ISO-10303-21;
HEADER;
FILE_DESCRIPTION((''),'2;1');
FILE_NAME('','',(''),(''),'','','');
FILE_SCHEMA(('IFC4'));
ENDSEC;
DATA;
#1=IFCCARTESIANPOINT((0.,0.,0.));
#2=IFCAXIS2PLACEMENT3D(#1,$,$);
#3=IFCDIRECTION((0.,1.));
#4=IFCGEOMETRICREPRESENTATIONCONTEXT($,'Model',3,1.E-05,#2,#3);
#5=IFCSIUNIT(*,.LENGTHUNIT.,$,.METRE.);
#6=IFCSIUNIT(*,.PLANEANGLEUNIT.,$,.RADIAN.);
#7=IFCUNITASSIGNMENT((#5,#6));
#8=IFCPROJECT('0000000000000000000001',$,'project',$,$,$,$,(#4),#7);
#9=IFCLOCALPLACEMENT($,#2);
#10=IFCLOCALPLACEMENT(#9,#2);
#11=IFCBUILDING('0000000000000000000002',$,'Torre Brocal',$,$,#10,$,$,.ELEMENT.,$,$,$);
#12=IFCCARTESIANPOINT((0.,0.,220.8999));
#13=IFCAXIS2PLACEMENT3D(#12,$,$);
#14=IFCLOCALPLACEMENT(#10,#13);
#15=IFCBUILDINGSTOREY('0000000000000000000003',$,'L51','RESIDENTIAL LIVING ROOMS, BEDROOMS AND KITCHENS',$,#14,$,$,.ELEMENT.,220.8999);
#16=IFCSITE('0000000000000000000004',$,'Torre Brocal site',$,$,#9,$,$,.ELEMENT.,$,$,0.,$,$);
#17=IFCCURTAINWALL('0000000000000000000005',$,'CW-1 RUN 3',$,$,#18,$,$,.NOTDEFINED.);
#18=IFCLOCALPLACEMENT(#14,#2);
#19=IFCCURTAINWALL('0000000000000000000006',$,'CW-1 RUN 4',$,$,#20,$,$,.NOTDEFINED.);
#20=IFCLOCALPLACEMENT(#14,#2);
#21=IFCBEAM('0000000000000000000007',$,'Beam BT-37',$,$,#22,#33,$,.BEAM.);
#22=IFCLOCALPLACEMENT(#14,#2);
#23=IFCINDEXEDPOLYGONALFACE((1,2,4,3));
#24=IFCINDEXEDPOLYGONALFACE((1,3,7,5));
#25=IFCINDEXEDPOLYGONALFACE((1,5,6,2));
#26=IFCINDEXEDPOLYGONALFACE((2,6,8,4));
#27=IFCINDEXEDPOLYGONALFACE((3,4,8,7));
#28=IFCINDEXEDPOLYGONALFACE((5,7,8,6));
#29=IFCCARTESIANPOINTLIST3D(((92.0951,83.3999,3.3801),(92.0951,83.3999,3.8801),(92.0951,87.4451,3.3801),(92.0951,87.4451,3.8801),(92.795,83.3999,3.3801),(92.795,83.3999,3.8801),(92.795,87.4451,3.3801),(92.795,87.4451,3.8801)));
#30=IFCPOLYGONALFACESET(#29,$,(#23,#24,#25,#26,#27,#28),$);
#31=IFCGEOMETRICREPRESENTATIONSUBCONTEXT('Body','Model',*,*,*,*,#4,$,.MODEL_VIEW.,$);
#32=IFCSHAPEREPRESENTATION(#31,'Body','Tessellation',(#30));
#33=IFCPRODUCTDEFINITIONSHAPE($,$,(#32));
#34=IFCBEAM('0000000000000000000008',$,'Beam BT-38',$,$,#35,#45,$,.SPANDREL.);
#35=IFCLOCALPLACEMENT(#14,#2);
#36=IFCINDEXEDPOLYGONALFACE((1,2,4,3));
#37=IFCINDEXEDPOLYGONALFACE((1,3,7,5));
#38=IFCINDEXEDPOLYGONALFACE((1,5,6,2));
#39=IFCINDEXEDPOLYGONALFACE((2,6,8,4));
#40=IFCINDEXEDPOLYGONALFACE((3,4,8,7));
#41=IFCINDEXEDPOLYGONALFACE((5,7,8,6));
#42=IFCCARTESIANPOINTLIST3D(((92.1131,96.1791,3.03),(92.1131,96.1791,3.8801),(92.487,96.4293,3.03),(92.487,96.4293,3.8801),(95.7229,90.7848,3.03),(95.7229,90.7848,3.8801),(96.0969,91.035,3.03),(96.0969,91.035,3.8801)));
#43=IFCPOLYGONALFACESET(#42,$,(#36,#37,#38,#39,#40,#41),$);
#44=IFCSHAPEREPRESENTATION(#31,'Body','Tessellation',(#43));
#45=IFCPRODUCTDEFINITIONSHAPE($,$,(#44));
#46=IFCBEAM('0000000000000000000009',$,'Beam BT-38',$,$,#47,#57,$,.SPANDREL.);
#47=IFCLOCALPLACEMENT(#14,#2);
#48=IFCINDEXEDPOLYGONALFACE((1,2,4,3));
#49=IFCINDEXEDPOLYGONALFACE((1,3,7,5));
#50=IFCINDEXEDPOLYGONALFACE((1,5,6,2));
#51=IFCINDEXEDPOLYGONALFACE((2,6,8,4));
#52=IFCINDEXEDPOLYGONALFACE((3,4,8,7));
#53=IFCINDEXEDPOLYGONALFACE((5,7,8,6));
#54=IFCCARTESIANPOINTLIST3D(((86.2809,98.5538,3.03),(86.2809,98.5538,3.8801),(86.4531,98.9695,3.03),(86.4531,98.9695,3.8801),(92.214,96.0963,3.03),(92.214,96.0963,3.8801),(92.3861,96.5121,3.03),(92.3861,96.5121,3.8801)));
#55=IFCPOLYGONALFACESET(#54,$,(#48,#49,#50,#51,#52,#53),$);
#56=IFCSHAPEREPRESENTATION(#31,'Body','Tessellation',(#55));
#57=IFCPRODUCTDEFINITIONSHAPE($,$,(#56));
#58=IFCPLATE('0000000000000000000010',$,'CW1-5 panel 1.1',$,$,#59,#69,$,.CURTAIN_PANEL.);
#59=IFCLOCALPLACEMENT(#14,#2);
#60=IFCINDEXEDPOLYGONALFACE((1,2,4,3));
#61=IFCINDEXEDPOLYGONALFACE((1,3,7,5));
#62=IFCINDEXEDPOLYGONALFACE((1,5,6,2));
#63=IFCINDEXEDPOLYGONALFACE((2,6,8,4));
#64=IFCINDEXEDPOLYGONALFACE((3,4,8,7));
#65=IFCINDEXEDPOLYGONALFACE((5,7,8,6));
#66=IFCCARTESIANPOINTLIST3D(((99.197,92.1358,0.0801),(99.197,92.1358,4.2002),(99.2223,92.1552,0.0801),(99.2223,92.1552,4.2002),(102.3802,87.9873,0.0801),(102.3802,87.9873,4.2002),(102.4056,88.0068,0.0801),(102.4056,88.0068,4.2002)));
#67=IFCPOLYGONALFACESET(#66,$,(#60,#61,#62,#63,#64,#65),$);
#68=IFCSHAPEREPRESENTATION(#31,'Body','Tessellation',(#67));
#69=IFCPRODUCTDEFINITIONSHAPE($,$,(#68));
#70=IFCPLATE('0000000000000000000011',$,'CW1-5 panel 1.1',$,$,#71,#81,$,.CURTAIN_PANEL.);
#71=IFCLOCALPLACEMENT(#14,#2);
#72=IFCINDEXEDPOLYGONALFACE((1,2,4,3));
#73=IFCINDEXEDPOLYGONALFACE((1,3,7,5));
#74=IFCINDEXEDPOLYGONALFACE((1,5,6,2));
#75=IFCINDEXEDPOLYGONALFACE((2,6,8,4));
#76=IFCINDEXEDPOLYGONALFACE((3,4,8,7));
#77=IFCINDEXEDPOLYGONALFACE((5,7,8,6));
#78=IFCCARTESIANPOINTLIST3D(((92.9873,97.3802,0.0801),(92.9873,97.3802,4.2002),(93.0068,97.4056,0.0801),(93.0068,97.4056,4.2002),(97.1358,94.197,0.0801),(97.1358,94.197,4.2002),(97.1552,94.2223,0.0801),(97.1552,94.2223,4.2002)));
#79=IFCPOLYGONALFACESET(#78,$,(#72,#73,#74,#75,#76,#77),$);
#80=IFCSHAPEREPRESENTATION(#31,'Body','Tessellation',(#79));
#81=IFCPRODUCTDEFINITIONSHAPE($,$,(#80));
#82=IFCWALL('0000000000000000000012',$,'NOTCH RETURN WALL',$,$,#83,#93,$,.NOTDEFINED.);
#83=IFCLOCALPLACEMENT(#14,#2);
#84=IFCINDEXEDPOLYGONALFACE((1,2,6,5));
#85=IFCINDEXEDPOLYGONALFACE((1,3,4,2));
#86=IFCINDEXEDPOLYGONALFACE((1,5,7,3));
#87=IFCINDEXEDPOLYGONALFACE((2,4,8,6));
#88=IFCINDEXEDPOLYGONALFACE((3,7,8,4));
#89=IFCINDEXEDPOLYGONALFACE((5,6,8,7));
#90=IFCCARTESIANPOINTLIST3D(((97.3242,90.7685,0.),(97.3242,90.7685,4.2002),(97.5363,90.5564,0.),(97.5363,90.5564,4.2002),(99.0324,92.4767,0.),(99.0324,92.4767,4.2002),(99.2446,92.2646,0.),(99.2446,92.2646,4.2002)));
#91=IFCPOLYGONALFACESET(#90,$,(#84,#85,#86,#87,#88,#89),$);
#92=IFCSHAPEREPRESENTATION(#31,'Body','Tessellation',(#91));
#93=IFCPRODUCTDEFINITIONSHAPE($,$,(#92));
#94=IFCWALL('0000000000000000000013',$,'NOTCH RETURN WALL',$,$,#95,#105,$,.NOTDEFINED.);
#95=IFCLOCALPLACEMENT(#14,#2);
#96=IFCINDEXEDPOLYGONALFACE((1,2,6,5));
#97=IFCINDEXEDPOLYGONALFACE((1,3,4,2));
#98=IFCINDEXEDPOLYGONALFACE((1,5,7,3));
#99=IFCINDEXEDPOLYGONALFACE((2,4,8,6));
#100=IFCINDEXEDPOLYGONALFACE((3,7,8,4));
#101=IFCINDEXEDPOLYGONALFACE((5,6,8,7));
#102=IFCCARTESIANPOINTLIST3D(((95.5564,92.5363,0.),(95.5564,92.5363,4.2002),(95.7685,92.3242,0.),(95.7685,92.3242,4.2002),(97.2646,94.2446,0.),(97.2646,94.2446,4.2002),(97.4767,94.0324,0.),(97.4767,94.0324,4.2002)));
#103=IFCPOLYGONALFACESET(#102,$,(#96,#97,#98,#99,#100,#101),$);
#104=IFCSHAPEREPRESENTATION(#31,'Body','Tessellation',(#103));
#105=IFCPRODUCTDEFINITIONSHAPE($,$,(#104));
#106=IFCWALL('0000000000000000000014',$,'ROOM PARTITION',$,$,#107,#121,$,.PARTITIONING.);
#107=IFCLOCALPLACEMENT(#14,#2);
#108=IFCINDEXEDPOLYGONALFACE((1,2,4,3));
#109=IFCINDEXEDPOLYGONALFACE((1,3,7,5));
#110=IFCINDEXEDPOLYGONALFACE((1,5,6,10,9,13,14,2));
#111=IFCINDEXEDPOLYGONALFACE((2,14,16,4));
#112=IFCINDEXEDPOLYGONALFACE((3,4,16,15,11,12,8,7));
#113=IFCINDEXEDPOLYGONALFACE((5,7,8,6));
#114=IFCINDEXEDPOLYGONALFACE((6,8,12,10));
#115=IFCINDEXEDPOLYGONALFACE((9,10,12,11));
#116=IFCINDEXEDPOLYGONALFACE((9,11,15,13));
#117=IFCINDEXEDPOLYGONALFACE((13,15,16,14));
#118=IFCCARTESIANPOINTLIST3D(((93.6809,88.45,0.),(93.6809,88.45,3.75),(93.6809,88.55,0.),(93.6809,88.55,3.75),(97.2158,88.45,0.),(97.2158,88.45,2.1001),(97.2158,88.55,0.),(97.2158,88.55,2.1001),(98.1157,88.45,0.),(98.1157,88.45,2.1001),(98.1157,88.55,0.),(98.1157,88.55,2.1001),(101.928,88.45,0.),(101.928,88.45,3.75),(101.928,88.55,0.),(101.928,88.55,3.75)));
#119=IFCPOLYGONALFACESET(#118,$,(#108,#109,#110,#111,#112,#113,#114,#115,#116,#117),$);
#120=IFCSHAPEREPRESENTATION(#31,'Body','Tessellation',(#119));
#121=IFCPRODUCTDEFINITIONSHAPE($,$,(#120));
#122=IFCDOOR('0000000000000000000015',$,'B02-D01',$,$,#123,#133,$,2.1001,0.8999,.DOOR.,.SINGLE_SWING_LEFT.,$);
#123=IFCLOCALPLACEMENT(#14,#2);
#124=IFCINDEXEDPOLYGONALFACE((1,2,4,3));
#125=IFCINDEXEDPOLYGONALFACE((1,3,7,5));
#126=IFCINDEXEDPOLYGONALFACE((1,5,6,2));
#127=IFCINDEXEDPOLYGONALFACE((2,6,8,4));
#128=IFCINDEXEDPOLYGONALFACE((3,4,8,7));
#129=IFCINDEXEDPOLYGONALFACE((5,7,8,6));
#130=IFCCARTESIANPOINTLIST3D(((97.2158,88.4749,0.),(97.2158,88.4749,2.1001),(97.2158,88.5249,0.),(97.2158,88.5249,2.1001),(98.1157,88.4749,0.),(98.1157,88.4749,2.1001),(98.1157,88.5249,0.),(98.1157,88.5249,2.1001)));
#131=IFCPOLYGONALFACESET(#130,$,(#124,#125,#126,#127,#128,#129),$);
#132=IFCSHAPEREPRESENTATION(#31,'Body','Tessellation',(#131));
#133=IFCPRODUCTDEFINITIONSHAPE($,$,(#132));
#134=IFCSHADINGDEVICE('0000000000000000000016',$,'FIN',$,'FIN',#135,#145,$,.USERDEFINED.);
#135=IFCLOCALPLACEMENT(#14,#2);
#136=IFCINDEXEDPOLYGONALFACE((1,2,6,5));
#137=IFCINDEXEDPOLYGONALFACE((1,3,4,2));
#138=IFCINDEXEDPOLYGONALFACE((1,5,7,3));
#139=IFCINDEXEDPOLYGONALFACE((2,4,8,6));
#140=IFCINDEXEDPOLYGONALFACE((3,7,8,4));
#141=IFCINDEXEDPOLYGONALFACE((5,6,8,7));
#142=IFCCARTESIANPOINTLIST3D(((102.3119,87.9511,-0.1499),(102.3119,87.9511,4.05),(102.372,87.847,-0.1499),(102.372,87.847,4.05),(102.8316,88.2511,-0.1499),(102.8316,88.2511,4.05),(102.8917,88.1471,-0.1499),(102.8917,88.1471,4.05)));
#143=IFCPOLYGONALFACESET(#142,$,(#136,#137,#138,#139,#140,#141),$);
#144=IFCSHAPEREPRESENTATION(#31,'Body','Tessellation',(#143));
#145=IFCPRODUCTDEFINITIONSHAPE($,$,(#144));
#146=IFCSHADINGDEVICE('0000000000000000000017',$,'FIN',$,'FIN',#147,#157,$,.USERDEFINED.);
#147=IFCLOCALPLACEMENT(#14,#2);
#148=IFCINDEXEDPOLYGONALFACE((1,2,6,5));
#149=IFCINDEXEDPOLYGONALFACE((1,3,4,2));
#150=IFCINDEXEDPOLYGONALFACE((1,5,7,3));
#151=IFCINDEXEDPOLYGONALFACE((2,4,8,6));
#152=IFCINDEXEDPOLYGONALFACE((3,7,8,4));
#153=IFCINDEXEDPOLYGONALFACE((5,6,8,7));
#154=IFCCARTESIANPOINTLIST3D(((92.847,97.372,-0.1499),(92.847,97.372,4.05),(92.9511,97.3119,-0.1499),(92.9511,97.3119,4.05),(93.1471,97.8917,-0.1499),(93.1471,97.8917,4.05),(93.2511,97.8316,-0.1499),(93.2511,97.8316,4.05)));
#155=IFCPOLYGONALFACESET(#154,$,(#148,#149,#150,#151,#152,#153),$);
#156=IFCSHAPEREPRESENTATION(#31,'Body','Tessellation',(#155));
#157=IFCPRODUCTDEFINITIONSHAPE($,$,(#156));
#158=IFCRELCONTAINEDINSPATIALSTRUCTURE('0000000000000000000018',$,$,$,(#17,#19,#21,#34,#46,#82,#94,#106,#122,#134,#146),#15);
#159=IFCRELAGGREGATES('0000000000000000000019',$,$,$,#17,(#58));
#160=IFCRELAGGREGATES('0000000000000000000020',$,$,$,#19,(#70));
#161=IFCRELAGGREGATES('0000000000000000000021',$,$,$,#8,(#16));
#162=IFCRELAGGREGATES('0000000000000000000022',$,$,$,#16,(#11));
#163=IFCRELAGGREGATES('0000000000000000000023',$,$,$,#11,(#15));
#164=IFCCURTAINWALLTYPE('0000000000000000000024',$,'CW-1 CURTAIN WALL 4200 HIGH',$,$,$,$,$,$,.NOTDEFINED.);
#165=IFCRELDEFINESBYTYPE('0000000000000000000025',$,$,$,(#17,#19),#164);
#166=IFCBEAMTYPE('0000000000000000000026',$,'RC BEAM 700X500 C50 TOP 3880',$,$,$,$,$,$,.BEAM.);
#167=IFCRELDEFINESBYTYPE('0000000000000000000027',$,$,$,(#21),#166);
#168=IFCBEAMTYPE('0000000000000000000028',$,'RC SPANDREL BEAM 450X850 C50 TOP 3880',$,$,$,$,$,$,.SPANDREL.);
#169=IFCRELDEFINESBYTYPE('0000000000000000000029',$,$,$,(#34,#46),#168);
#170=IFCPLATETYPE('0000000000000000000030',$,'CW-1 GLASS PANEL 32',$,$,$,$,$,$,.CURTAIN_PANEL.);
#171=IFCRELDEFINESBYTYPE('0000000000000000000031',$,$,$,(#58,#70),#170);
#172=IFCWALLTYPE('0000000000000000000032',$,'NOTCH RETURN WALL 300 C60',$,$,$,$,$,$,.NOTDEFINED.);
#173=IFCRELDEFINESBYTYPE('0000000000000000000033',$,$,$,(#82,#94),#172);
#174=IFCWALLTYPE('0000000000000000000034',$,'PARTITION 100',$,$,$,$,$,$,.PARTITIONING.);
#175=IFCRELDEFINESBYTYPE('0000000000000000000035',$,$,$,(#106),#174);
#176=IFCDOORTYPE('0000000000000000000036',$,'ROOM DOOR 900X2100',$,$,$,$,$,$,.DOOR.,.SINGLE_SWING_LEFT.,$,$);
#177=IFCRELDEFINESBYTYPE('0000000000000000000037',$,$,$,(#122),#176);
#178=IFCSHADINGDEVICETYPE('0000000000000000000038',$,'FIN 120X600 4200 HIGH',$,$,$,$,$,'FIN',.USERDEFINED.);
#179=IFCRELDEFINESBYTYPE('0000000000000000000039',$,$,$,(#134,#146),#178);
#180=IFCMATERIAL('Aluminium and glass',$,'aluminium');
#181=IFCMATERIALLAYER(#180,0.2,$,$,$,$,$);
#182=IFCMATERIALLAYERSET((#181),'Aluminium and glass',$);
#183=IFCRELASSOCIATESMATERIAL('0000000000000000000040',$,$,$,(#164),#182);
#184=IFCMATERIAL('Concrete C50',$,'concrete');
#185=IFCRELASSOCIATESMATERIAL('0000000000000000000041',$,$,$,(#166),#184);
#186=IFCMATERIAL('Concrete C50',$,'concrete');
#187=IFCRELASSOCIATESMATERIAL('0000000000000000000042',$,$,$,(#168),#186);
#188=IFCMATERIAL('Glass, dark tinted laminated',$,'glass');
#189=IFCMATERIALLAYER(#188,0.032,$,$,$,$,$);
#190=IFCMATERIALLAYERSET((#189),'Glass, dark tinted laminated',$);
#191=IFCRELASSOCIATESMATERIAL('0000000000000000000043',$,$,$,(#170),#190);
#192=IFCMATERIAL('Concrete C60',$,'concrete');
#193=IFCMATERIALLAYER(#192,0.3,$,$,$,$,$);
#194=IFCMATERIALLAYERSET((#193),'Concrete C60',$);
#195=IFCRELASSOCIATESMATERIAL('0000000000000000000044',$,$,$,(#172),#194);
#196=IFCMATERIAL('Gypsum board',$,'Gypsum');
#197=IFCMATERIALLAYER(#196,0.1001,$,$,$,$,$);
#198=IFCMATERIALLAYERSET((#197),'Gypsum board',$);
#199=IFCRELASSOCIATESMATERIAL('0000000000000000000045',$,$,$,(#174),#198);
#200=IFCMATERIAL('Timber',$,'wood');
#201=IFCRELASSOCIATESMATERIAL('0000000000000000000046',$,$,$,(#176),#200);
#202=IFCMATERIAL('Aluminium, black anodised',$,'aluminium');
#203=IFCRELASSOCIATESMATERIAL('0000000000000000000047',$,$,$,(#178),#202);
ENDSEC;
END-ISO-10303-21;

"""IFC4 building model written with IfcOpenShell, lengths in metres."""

from ifc_helpers import new_model, si_unit, direction, frame, frame_2d, origin, origin_2d, place, context, subcontext, project, spatial, rectangle, extrude, material, layer, layer_set, material_profile, profile_set, type_object, element, fill, aggregate, save


model = new_model("IFC4")

# Units and contexts
model_context = context("Model", 3, precision=1e-05, world=origin(), true_north=direction((0.0, 1.0)))
body_context = subcontext(model_context, "Body", "Model", "MODEL_VIEW")
ifc_project = project(units=[si_unit("LENGTHUNIT", "METRE"), si_unit("PLANEANGLEUNIT", "RADIAN")], contexts=[model_context])

# Site, building, storey
site_placement = place(None, origin())
site = spatial("IfcSite", under=ifc_project, at=site_placement, Name="Torre Brocal site", CompositionType="ELEMENT", RefElevation=0.0)
building_placement = place(site_placement, origin())
building = spatial("IfcBuilding", under=site, at=building_placement, Name="Torre Brocal", CompositionType="ELEMENT")
storey_placement = place(building_placement, frame((0.0, 0.0, 220.8999)))
storey = spatial("IfcBuildingStorey", under=building, at=storey_placement, Name="L51", Description="RESIDENTIAL LIVING ROOMS, BEDROOMS AND KITCHENS", CompositionType="ELEMENT", Elevation=220.8999)

# Shared definitions
ifc_material_1 = material(Name="Aluminium and glass", Category="aluminium")
ifc_layer_1 = layer(ifc_material_1, 0.2)
ifc_layer_set_1 = layer_set([ifc_layer_1], Name="Aluminium and glass")
curtain_wall_type = type_object("IfcCurtainWallType", Name="CW-1 CURTAIN WALL 4200 HIGH", PredefinedType="NOTDEFINED", material=ifc_layer_set_1)

# Curtain walls
curtain_wall_1_placement = place(storey_placement, origin())
curtain_wall_1 = element("IfcCurtainWall", 1, at=curtain_wall_1_placement, inside=storey, type_object=curtain_wall_type, Name="CW-1 RUN 3", PredefinedType="NOTDEFINED")
curtain_wall_2_placement = place(storey_placement, origin())
curtain_wall_2 = element("IfcCurtainWall", 2, at=curtain_wall_2_placement, inside=storey, type_object=curtain_wall_type, Name="CW-1 RUN 4", PredefinedType="NOTDEFINED")

# Beams
ifc_material_2 = material(Name="Concrete C50", Category="concrete")
ifc_material_profile_1 = material_profile(ifc_material_2, rectangle(XDim=0.7, YDim=0.5, at=origin_2d()), Name="RC 700X500")
ifc_profile_set_1 = profile_set([ifc_material_profile_1], Name="Concrete C50")
beam_type_1 = type_object("IfcBeamType", Name="RC BEAM 700X500 C50 TOP 3880", PredefinedType="BEAM", material=ifc_profile_set_1)
beam_1_placement = place(storey_placement, frame((92.4451, 87.4451, 3.6301), z_axis=(0.0, -1.0, 0.0), x_axis=(1.0, 0.0, 0.0)))
element("IfcBeam", 3, at=beam_1_placement, inside=storey, type_object=beam_type_1, Name="Beam BT-37", PredefinedType="BEAM", context=body_context, shape_type="SweptSolid", body=[
    extrude(rectangle(XDim=0.7, YDim=0.5, at=origin_2d()), origin(), (0.0, 0.0, 1.0), 4.0452),
])
ifc_material_3 = material(Name="Concrete C50", Category="concrete")
ifc_material_profile_2 = material_profile(ifc_material_3, rectangle(XDim=0.45, YDim=0.8501, at=origin_2d()), Name="RC 450X850")
ifc_profile_set_2 = profile_set([ifc_material_profile_2], Name="Concrete C50")
beam_type_2 = type_object("IfcBeamType", Name="RC SPANDREL BEAM 450X850 C50 TOP 3880", PredefinedType="SPANDREL", material=ifc_profile_set_2)
beam_2_placement = place(storey_placement, frame((95.9099, 90.9099, 3.4551), z_axis=(-0.556158, 0.831077, 0.0), x_axis=(-0.831077, -0.556158, 0.0)))
element("IfcBeam", 4, at=beam_2_placement, inside=storey, type_object=beam_type_2, Name="Beam BT-38", PredefinedType="SPANDREL", context=body_context, shape_type="SweptSolid", body=[
    extrude(rectangle(XDim=0.45, YDim=0.8501, at=origin_2d()), origin(), (0.0, 0.0, 1.0), 6.4907),
])
beam_3_placement = place(storey_placement, frame((92.3, 96.3042, 3.4551), z_axis=(-0.923882, 0.382676, 0.0), x_axis=(-0.382676, -0.923882, 0.0)))
element("IfcBeam", 5, at=beam_3_placement, inside=storey, type_object=beam_type_2, Name="Beam BT-38", PredefinedType="SPANDREL", context=body_context, shape_type="SweptSolid", body=[
    extrude(rectangle(XDim=0.45, YDim=0.8501, at=origin_2d()), origin(), (0.0, 0.0, 1.0), 6.4219),
])

# Plates
ifc_material_4 = material(Name="Glass, dark tinted laminated", Category="glass")
ifc_layer_2 = layer(ifc_material_4, 0.032)
ifc_layer_set_2 = layer_set([ifc_layer_2], Name="Glass, dark tinted laminated")
plate_type = type_object("IfcPlateType", Name="CW-1 GLASS PANEL 32", PredefinedType="CURTAIN_PANEL", material=ifc_layer_set_2)
plate_1_placement = place(storey_placement, frame((100.8013, 90.0713, 0.0801), z_axis=(0.0, 0.0, 1.0), x_axis=(-0.608761, 0.793353, 0.0)))
plate_1 = element("IfcPlate", 6, at=plate_1_placement, type_object=plate_type, Name="CW1-5 panel 1.1", PredefinedType="CURTAIN_PANEL", context=body_context, shape_type="SweptSolid", body=[
    extrude(rectangle(XDim=5.229, YDim=0.032, at=origin_2d()), origin(), (0.0, 0.0, 1.0), 4.1201),
])
aggregate(curtain_wall_1, [plate_1])
plate_2_placement = place(storey_placement, frame((95.0713, 95.8013, 0.0801), z_axis=(0.0, 0.0, 1.0), x_axis=(-0.793353, 0.608761, 0.0)))
plate_2 = element("IfcPlate", 7, at=plate_2_placement, type_object=plate_type, Name="CW1-5 panel 1.1", PredefinedType="CURTAIN_PANEL", context=body_context, shape_type="SweptSolid", body=[
    extrude(rectangle(XDim=5.229, YDim=0.032, at=origin_2d()), origin(), (0.0, 0.0, 1.0), 4.1201),
])
aggregate(curtain_wall_2, [plate_2])

# Walls
ifc_material_5 = material(Name="Concrete C60", Category="concrete")
ifc_layer_3 = layer(ifc_material_5, 0.3)
ifc_layer_set_3 = layer_set([ifc_layer_3], Name="Concrete C60")
wall_type_1 = type_object("IfcWallType", Name="NOTCH RETURN WALL 300 C60", PredefinedType="NOTDEFINED", material=ifc_layer_set_3)
for number, where, z_axis, x_axis, name in (
    (8, (97.4302, 90.6624, 0.0), (0.0, 0.0, 1.0), (0.707107, 0.707107, 0.0), "NOTCH RETURN WALL"),
    (9, (95.6624, 92.4302, 0.0), (0.0, 0.0, 1.0), (0.707107, 0.707107, 0.0), "NOTCH RETURN WALL"),
):
    element("IfcWall", number, at=place(storey_placement, frame(where, z_axis=z_axis, x_axis=x_axis)), inside=storey, type_object=wall_type_1, Name=name, PredefinedType="NOTDEFINED", context=body_context, shape_type="SweptSolid", body=[
        extrude(rectangle(XDim=2.4158, YDim=0.3, at=frame_2d((1.208, 0.0))), origin(), (0.0, 0.0, 1.0), 4.2002),
    ])

# Wall, opening, door
ifc_material_6 = material(Name="Gypsum board", Category="Gypsum")
ifc_layer_4 = layer(ifc_material_6, 0.1001)
ifc_layer_set_4 = layer_set([ifc_layer_4], Name="Gypsum board")
wall_type_2 = type_object("IfcWallType", Name="PARTITION 100", PredefinedType="PARTITIONING", material=ifc_layer_set_4)
wall_placement = place(storey_placement, frame((93.6809, 88.5, 0.0), z_axis=(0.0, 0.0, 1.0), x_axis=(1.0, 0.0, 0.0)))
wall = element("IfcWall", 10, at=wall_placement, inside=storey, type_object=wall_type_2, Name="ROOM PARTITION", PredefinedType="PARTITIONING", context=body_context, shape_type="SweptSolid", body=[
    extrude(rectangle(XDim=8.2471, YDim=0.1001, at=frame_2d((4.1235, 0.0))), origin(), (0.0, 0.0, 1.0), 3.75),
])
opening_placement = place(wall_placement, frame((3.5349, 0.0, 0.0)))
opening = element("IfcOpeningElement", 11, at=opening_placement, cuts=wall, PredefinedType="OPENING", context=body_context, shape_type="SweptSolid", body=[
    extrude(rectangle(XDim=0.8999, YDim=2.1001, at=frame_2d((0.45, 1.05))), frame((0.0, 0.0601, 0.0), z_axis=(0.0, -1.0, 0.0), x_axis=(1.0, 0.0, 0.0)), (0.0, 0.0, 1.0), 0.1201),
])
ifc_material_7 = material(Name="Timber", Category="wood")
door_type = type_object("IfcDoorType", Name="ROOM DOOR 900X2100", OperationType="SINGLE_SWING_LEFT", PredefinedType="DOOR", material=ifc_material_7)
door_placement = place(opening_placement, origin())
door = element("IfcDoor", 12, at=door_placement, inside=storey, type_object=door_type, Name="B02-D01", OperationType="SINGLE_SWING_LEFT", OverallHeight=2.1001, OverallWidth=0.8999, PredefinedType="DOOR", context=body_context, shape_type="SweptSolid", body=[
    extrude(rectangle(XDim=0.8999, YDim=2.1001, at=frame_2d((0.45, 1.05))), frame((0.0, 0.0249, 0.0), z_axis=(0.0, -1.0, 0.0), x_axis=(1.0, 0.0, 0.0)), (0.0, 0.0, 1.0), 0.05),
])
fill(opening, door)

# Shading devices
ifc_material_8 = material(Name="Aluminium, black anodised", Category="aluminium")
ifc_material_profile_3 = material_profile(ifc_material_8, rectangle(XDim=0.1201, YDim=0.6001, at=origin_2d()), Name="FIN 120X600 4200 HIGH")
ifc_profile_set_3 = profile_set([ifc_material_profile_3], Name="Aluminium, black anodised")
shading_device_type = type_object("IfcShadingDeviceType", Name="FIN 120X600 4200 HIGH", ElementType="FIN", PredefinedType="USERDEFINED", material=ifc_profile_set_3)
for number, where, z_axis, x_axis, name in (
    (13, (102.6018, 88.0491, -0.1499), (0.0, 0.0, 1.0), (-0.5, 0.866025, 0.0), "FIN"),
    (14, (93.0491, 97.6018, -0.1499), (0.0, 0.0, 1.0), (-0.866025, 0.5, 0.0), "FIN"),
):
    element("IfcShadingDevice", number, at=place(storey_placement, frame(where, z_axis=z_axis, x_axis=x_axis)), inside=storey, type_object=shading_device_type, Name=name, ObjectType="FIN", PredefinedType="USERDEFINED", context=body_context, shape_type="SweptSolid", body=[
        extrude(rectangle(XDim=0.1201, YDim=0.6001, at=origin_2d()), origin(), (0.0, 0.0, 1.0), 4.2),
    ])

save(model, "model.ifc")
